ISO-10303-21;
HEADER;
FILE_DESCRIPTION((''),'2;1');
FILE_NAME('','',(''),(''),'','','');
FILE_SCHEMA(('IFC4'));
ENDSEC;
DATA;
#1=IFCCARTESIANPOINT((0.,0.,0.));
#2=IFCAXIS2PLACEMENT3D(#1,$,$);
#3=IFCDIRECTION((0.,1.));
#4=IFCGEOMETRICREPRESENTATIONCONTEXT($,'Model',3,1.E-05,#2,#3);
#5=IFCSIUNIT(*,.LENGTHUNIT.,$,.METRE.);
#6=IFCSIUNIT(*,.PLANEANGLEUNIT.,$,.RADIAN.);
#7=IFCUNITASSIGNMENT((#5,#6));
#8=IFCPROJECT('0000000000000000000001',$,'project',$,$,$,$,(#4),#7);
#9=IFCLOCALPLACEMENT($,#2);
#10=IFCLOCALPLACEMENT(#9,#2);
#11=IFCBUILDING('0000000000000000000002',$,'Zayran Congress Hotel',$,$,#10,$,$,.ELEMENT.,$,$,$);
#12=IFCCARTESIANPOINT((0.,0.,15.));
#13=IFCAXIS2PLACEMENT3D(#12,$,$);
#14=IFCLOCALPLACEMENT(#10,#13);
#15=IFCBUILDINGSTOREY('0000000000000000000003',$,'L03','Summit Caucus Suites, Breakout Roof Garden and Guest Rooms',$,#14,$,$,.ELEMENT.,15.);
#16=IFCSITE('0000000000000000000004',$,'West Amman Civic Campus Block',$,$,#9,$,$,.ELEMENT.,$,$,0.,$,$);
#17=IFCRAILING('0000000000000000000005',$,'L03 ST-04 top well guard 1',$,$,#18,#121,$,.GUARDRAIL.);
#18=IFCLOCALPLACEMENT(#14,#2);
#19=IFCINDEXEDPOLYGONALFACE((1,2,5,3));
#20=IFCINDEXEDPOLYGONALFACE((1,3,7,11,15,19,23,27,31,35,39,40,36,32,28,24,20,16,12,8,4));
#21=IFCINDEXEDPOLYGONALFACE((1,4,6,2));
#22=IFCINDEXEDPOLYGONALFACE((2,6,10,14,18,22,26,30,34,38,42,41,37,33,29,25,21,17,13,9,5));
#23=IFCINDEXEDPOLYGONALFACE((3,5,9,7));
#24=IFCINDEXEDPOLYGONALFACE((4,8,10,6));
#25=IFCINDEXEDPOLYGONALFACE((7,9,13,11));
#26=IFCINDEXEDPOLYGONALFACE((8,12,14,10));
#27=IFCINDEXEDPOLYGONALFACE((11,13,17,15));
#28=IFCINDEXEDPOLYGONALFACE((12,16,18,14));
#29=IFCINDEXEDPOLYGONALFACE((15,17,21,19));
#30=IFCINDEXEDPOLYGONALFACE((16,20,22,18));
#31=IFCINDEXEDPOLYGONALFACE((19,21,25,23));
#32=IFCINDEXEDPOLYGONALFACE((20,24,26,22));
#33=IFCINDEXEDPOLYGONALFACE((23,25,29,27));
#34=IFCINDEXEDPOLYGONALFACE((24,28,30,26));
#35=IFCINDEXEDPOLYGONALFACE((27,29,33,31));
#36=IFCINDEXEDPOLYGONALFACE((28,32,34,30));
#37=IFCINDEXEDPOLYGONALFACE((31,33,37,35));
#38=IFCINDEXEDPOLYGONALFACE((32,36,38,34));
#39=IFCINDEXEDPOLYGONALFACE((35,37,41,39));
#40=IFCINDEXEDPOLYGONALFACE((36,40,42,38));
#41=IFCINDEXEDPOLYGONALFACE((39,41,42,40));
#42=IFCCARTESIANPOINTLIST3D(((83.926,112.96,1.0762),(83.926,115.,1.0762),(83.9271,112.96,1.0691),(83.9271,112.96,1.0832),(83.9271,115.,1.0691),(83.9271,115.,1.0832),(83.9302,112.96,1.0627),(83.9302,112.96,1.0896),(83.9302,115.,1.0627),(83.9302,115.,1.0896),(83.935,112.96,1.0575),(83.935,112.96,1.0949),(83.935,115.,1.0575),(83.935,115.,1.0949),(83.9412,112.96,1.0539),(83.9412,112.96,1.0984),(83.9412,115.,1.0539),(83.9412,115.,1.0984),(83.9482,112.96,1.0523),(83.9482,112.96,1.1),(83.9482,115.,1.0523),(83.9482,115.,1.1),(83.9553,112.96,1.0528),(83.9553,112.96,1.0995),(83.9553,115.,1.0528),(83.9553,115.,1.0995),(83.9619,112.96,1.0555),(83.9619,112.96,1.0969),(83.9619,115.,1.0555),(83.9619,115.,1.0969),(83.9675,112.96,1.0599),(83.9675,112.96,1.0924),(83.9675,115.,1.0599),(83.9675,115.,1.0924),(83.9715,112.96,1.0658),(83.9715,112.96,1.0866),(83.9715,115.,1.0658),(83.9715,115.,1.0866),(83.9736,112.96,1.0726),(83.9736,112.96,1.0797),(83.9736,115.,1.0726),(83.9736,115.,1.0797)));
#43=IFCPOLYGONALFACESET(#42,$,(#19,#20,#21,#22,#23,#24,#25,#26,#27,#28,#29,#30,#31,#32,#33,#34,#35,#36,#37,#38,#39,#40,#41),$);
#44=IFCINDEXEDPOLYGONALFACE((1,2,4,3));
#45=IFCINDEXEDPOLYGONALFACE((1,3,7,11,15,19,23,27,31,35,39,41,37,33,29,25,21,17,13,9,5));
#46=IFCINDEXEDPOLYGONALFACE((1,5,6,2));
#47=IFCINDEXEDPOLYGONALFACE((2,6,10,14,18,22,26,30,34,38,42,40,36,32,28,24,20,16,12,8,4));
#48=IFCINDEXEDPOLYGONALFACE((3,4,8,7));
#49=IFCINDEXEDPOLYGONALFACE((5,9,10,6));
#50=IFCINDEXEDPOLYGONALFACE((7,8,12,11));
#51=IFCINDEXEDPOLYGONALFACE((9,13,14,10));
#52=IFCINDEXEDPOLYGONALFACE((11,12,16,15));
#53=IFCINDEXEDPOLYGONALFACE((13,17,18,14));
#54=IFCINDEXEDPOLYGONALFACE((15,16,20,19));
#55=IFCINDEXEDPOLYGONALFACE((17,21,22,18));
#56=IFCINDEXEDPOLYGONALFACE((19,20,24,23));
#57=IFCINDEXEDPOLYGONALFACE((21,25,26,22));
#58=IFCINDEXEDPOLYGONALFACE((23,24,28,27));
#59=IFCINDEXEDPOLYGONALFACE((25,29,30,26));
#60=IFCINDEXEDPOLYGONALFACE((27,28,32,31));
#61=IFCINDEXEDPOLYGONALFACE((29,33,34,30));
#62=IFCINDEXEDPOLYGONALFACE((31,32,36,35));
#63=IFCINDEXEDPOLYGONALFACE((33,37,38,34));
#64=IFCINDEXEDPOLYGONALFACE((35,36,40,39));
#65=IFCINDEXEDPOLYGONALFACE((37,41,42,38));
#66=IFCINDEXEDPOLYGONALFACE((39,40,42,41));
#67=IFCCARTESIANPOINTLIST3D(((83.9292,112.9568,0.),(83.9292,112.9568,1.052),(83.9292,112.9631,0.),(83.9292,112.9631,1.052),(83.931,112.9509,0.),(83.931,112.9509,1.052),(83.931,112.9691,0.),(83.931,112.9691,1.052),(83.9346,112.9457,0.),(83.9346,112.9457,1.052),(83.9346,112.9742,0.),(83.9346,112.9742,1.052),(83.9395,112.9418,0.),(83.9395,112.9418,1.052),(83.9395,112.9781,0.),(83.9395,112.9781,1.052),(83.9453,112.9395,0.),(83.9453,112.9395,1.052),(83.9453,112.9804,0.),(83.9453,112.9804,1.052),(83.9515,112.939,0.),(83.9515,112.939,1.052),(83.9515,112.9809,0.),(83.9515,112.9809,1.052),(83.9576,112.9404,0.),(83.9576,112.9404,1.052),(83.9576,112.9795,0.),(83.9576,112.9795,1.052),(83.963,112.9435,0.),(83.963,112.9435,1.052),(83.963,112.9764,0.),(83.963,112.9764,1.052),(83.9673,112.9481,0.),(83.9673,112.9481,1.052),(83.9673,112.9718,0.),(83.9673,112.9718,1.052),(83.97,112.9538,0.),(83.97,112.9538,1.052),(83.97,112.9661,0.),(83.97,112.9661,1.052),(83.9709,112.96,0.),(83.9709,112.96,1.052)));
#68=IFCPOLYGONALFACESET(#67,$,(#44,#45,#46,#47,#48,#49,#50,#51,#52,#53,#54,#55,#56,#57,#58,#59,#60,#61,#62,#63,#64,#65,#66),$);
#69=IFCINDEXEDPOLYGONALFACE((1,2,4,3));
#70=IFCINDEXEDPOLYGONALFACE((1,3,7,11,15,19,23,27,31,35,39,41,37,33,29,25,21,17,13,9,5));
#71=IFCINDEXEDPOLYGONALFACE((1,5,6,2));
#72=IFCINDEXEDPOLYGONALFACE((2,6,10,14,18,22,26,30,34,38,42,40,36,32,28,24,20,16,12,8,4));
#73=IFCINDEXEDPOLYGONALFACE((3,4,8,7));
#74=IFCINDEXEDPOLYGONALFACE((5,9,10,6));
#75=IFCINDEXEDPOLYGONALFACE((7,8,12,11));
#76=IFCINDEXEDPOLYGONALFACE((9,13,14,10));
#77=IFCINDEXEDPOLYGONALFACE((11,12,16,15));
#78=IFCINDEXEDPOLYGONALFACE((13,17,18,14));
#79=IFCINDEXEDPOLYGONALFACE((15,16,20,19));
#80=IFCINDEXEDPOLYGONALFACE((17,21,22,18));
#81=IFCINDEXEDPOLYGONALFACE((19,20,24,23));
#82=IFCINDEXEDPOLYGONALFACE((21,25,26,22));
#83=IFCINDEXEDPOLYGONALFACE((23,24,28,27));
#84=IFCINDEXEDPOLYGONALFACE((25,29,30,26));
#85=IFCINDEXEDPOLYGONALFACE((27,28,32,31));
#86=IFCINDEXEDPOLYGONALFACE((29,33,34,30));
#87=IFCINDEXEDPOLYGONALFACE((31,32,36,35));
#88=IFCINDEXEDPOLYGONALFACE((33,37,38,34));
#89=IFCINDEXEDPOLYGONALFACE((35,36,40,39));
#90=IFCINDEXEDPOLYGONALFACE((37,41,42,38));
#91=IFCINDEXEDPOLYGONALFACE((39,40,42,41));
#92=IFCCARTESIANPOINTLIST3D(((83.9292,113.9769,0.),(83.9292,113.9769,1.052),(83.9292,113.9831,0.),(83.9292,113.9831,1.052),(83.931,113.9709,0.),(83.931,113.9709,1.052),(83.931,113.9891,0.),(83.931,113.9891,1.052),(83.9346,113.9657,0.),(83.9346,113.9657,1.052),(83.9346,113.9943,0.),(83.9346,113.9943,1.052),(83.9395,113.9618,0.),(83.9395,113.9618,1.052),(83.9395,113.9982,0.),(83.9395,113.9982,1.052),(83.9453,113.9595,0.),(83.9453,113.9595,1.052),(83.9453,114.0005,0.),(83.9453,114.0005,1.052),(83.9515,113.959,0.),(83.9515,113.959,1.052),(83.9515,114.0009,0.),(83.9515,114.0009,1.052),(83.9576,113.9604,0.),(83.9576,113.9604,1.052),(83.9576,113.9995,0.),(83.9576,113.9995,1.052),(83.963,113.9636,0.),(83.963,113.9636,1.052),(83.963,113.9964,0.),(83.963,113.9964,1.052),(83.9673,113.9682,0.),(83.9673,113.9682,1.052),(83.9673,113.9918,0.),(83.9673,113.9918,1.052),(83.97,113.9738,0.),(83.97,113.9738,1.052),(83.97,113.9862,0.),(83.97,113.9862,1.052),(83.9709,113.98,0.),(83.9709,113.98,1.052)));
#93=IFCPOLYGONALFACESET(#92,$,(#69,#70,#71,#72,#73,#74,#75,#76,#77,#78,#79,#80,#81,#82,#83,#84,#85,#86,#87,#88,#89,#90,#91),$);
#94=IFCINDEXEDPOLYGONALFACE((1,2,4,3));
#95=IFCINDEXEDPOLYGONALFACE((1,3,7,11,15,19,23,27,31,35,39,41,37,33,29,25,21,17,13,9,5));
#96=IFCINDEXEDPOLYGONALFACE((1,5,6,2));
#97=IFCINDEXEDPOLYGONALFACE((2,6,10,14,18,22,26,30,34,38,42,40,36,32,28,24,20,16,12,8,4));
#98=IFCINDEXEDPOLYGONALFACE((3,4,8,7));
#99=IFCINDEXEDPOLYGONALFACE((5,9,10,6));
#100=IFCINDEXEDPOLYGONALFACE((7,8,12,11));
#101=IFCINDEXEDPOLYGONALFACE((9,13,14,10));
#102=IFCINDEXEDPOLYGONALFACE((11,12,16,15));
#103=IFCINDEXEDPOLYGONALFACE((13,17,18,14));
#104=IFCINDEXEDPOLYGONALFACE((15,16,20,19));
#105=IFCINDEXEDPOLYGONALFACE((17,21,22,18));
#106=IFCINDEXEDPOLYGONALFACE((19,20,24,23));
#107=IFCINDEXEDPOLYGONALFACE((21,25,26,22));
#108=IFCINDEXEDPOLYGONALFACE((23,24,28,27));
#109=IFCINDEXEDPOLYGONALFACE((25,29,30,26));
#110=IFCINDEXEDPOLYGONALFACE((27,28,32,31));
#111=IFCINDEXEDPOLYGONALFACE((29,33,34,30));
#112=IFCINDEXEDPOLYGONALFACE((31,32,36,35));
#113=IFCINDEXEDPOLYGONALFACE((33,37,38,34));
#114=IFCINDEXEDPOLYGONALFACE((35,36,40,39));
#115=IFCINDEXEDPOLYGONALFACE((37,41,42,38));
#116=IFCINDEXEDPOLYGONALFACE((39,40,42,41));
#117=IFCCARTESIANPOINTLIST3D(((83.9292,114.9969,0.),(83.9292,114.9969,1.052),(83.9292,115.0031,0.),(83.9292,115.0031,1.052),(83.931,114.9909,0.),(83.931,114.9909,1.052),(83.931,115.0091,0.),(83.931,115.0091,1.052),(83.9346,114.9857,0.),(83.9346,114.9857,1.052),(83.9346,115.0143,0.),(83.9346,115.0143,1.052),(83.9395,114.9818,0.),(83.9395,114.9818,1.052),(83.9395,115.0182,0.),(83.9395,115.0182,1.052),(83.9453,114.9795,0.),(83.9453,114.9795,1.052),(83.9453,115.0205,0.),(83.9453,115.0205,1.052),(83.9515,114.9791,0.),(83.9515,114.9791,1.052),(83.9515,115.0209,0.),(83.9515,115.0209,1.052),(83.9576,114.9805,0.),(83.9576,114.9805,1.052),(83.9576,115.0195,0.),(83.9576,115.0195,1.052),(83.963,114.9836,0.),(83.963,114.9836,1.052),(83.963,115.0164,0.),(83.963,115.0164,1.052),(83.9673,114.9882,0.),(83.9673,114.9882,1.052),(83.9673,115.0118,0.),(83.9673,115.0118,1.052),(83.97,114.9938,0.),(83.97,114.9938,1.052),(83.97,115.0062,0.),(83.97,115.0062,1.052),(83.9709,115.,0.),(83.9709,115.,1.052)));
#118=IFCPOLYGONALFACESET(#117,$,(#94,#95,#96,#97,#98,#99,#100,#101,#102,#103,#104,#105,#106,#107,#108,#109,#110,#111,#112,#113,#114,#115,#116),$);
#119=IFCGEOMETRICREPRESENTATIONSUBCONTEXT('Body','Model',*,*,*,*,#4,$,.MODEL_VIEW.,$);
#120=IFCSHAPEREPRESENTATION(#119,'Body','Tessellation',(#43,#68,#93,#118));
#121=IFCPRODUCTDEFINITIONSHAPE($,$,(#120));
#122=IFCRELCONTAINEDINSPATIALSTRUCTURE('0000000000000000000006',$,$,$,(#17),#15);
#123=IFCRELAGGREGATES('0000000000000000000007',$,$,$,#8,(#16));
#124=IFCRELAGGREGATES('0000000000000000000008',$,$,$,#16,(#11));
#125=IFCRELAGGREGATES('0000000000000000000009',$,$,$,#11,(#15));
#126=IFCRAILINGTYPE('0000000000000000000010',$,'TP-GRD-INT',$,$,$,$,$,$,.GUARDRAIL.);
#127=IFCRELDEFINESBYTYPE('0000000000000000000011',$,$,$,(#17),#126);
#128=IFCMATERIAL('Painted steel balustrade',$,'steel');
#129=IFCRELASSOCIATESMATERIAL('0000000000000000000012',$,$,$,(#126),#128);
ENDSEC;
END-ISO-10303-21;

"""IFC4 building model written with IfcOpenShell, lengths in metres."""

from ifc_helpers import new_model, si_unit, direction, frame, origin, origin_2d, place, context, subcontext, project, spatial, circle, extrude, material, type_object, element, save


model = new_model("IFC4")

# Units and contexts
model_context = context("Model", 3, precision=1e-05, world=origin(), true_north=direction((0.0, 1.0)))
body_context = subcontext(model_context, "Body", "Model", "MODEL_VIEW")
ifc_project = project(units=[si_unit("LENGTHUNIT", "METRE"), si_unit("PLANEANGLEUNIT", "RADIAN")], contexts=[model_context])

# Site, building, storey
site_placement = place(None, origin())
site = spatial("IfcSite", under=ifc_project, at=site_placement, Name="West Amman Civic Campus Block", CompositionType="ELEMENT", RefElevation=0.0)
building_placement = place(site_placement, origin())
building = spatial("IfcBuilding", under=site, at=building_placement, Name="Zayran Congress Hotel", CompositionType="ELEMENT")
storey_placement = place(building_placement, frame((0.0, 0.0, 15.0)))
storey = spatial("IfcBuildingStorey", under=building, at=storey_placement, Name="L03", Description="Summit Caucus Suites, Breakout Roof Garden and Guest Rooms", CompositionType="ELEMENT", Elevation=15.0)

# Railing
ifc_material_1 = material(Name="Painted steel balustrade", Category="steel")
railing_type = type_object("IfcRailingType", Name="TP-GRD-INT", PredefinedType="GUARDRAIL", material=ifc_material_1)
railing_placement = place(storey_placement, frame((83.95, 112.96, 0.0)))
element("IfcRailing", 1, at=railing_placement, inside=storey, type_object=railing_type, Name="L03 ST-04 top well guard 1", PredefinedType="GUARDRAIL", context=body_context, shape_type="SweptSolid", body=[
    extrude(circle(Radius=0.0239, at=origin_2d()), frame((0.0, 0.0, 1.0762), z_axis=(0.0, 1.0, 0.0), x_axis=(-1.0, 0.0, 0.0)), (0.0, 0.0, 1.0), 2.04),
    extrude(circle(Radius=0.021, at=origin_2d()), origin(), (0.0, 0.0, 1.0), 1.052),
    extrude(circle(Radius=0.021, at=origin_2d()), frame((0.0, 1.02, 0.0)), (0.0, 0.0, 1.0), 1.052),
    extrude(circle(Radius=0.021, at=origin_2d()), frame((0.0, 2.04, 0.0)), (0.0, 0.0, 1.0), 1.052),
])

save(model, "model.ifc")
